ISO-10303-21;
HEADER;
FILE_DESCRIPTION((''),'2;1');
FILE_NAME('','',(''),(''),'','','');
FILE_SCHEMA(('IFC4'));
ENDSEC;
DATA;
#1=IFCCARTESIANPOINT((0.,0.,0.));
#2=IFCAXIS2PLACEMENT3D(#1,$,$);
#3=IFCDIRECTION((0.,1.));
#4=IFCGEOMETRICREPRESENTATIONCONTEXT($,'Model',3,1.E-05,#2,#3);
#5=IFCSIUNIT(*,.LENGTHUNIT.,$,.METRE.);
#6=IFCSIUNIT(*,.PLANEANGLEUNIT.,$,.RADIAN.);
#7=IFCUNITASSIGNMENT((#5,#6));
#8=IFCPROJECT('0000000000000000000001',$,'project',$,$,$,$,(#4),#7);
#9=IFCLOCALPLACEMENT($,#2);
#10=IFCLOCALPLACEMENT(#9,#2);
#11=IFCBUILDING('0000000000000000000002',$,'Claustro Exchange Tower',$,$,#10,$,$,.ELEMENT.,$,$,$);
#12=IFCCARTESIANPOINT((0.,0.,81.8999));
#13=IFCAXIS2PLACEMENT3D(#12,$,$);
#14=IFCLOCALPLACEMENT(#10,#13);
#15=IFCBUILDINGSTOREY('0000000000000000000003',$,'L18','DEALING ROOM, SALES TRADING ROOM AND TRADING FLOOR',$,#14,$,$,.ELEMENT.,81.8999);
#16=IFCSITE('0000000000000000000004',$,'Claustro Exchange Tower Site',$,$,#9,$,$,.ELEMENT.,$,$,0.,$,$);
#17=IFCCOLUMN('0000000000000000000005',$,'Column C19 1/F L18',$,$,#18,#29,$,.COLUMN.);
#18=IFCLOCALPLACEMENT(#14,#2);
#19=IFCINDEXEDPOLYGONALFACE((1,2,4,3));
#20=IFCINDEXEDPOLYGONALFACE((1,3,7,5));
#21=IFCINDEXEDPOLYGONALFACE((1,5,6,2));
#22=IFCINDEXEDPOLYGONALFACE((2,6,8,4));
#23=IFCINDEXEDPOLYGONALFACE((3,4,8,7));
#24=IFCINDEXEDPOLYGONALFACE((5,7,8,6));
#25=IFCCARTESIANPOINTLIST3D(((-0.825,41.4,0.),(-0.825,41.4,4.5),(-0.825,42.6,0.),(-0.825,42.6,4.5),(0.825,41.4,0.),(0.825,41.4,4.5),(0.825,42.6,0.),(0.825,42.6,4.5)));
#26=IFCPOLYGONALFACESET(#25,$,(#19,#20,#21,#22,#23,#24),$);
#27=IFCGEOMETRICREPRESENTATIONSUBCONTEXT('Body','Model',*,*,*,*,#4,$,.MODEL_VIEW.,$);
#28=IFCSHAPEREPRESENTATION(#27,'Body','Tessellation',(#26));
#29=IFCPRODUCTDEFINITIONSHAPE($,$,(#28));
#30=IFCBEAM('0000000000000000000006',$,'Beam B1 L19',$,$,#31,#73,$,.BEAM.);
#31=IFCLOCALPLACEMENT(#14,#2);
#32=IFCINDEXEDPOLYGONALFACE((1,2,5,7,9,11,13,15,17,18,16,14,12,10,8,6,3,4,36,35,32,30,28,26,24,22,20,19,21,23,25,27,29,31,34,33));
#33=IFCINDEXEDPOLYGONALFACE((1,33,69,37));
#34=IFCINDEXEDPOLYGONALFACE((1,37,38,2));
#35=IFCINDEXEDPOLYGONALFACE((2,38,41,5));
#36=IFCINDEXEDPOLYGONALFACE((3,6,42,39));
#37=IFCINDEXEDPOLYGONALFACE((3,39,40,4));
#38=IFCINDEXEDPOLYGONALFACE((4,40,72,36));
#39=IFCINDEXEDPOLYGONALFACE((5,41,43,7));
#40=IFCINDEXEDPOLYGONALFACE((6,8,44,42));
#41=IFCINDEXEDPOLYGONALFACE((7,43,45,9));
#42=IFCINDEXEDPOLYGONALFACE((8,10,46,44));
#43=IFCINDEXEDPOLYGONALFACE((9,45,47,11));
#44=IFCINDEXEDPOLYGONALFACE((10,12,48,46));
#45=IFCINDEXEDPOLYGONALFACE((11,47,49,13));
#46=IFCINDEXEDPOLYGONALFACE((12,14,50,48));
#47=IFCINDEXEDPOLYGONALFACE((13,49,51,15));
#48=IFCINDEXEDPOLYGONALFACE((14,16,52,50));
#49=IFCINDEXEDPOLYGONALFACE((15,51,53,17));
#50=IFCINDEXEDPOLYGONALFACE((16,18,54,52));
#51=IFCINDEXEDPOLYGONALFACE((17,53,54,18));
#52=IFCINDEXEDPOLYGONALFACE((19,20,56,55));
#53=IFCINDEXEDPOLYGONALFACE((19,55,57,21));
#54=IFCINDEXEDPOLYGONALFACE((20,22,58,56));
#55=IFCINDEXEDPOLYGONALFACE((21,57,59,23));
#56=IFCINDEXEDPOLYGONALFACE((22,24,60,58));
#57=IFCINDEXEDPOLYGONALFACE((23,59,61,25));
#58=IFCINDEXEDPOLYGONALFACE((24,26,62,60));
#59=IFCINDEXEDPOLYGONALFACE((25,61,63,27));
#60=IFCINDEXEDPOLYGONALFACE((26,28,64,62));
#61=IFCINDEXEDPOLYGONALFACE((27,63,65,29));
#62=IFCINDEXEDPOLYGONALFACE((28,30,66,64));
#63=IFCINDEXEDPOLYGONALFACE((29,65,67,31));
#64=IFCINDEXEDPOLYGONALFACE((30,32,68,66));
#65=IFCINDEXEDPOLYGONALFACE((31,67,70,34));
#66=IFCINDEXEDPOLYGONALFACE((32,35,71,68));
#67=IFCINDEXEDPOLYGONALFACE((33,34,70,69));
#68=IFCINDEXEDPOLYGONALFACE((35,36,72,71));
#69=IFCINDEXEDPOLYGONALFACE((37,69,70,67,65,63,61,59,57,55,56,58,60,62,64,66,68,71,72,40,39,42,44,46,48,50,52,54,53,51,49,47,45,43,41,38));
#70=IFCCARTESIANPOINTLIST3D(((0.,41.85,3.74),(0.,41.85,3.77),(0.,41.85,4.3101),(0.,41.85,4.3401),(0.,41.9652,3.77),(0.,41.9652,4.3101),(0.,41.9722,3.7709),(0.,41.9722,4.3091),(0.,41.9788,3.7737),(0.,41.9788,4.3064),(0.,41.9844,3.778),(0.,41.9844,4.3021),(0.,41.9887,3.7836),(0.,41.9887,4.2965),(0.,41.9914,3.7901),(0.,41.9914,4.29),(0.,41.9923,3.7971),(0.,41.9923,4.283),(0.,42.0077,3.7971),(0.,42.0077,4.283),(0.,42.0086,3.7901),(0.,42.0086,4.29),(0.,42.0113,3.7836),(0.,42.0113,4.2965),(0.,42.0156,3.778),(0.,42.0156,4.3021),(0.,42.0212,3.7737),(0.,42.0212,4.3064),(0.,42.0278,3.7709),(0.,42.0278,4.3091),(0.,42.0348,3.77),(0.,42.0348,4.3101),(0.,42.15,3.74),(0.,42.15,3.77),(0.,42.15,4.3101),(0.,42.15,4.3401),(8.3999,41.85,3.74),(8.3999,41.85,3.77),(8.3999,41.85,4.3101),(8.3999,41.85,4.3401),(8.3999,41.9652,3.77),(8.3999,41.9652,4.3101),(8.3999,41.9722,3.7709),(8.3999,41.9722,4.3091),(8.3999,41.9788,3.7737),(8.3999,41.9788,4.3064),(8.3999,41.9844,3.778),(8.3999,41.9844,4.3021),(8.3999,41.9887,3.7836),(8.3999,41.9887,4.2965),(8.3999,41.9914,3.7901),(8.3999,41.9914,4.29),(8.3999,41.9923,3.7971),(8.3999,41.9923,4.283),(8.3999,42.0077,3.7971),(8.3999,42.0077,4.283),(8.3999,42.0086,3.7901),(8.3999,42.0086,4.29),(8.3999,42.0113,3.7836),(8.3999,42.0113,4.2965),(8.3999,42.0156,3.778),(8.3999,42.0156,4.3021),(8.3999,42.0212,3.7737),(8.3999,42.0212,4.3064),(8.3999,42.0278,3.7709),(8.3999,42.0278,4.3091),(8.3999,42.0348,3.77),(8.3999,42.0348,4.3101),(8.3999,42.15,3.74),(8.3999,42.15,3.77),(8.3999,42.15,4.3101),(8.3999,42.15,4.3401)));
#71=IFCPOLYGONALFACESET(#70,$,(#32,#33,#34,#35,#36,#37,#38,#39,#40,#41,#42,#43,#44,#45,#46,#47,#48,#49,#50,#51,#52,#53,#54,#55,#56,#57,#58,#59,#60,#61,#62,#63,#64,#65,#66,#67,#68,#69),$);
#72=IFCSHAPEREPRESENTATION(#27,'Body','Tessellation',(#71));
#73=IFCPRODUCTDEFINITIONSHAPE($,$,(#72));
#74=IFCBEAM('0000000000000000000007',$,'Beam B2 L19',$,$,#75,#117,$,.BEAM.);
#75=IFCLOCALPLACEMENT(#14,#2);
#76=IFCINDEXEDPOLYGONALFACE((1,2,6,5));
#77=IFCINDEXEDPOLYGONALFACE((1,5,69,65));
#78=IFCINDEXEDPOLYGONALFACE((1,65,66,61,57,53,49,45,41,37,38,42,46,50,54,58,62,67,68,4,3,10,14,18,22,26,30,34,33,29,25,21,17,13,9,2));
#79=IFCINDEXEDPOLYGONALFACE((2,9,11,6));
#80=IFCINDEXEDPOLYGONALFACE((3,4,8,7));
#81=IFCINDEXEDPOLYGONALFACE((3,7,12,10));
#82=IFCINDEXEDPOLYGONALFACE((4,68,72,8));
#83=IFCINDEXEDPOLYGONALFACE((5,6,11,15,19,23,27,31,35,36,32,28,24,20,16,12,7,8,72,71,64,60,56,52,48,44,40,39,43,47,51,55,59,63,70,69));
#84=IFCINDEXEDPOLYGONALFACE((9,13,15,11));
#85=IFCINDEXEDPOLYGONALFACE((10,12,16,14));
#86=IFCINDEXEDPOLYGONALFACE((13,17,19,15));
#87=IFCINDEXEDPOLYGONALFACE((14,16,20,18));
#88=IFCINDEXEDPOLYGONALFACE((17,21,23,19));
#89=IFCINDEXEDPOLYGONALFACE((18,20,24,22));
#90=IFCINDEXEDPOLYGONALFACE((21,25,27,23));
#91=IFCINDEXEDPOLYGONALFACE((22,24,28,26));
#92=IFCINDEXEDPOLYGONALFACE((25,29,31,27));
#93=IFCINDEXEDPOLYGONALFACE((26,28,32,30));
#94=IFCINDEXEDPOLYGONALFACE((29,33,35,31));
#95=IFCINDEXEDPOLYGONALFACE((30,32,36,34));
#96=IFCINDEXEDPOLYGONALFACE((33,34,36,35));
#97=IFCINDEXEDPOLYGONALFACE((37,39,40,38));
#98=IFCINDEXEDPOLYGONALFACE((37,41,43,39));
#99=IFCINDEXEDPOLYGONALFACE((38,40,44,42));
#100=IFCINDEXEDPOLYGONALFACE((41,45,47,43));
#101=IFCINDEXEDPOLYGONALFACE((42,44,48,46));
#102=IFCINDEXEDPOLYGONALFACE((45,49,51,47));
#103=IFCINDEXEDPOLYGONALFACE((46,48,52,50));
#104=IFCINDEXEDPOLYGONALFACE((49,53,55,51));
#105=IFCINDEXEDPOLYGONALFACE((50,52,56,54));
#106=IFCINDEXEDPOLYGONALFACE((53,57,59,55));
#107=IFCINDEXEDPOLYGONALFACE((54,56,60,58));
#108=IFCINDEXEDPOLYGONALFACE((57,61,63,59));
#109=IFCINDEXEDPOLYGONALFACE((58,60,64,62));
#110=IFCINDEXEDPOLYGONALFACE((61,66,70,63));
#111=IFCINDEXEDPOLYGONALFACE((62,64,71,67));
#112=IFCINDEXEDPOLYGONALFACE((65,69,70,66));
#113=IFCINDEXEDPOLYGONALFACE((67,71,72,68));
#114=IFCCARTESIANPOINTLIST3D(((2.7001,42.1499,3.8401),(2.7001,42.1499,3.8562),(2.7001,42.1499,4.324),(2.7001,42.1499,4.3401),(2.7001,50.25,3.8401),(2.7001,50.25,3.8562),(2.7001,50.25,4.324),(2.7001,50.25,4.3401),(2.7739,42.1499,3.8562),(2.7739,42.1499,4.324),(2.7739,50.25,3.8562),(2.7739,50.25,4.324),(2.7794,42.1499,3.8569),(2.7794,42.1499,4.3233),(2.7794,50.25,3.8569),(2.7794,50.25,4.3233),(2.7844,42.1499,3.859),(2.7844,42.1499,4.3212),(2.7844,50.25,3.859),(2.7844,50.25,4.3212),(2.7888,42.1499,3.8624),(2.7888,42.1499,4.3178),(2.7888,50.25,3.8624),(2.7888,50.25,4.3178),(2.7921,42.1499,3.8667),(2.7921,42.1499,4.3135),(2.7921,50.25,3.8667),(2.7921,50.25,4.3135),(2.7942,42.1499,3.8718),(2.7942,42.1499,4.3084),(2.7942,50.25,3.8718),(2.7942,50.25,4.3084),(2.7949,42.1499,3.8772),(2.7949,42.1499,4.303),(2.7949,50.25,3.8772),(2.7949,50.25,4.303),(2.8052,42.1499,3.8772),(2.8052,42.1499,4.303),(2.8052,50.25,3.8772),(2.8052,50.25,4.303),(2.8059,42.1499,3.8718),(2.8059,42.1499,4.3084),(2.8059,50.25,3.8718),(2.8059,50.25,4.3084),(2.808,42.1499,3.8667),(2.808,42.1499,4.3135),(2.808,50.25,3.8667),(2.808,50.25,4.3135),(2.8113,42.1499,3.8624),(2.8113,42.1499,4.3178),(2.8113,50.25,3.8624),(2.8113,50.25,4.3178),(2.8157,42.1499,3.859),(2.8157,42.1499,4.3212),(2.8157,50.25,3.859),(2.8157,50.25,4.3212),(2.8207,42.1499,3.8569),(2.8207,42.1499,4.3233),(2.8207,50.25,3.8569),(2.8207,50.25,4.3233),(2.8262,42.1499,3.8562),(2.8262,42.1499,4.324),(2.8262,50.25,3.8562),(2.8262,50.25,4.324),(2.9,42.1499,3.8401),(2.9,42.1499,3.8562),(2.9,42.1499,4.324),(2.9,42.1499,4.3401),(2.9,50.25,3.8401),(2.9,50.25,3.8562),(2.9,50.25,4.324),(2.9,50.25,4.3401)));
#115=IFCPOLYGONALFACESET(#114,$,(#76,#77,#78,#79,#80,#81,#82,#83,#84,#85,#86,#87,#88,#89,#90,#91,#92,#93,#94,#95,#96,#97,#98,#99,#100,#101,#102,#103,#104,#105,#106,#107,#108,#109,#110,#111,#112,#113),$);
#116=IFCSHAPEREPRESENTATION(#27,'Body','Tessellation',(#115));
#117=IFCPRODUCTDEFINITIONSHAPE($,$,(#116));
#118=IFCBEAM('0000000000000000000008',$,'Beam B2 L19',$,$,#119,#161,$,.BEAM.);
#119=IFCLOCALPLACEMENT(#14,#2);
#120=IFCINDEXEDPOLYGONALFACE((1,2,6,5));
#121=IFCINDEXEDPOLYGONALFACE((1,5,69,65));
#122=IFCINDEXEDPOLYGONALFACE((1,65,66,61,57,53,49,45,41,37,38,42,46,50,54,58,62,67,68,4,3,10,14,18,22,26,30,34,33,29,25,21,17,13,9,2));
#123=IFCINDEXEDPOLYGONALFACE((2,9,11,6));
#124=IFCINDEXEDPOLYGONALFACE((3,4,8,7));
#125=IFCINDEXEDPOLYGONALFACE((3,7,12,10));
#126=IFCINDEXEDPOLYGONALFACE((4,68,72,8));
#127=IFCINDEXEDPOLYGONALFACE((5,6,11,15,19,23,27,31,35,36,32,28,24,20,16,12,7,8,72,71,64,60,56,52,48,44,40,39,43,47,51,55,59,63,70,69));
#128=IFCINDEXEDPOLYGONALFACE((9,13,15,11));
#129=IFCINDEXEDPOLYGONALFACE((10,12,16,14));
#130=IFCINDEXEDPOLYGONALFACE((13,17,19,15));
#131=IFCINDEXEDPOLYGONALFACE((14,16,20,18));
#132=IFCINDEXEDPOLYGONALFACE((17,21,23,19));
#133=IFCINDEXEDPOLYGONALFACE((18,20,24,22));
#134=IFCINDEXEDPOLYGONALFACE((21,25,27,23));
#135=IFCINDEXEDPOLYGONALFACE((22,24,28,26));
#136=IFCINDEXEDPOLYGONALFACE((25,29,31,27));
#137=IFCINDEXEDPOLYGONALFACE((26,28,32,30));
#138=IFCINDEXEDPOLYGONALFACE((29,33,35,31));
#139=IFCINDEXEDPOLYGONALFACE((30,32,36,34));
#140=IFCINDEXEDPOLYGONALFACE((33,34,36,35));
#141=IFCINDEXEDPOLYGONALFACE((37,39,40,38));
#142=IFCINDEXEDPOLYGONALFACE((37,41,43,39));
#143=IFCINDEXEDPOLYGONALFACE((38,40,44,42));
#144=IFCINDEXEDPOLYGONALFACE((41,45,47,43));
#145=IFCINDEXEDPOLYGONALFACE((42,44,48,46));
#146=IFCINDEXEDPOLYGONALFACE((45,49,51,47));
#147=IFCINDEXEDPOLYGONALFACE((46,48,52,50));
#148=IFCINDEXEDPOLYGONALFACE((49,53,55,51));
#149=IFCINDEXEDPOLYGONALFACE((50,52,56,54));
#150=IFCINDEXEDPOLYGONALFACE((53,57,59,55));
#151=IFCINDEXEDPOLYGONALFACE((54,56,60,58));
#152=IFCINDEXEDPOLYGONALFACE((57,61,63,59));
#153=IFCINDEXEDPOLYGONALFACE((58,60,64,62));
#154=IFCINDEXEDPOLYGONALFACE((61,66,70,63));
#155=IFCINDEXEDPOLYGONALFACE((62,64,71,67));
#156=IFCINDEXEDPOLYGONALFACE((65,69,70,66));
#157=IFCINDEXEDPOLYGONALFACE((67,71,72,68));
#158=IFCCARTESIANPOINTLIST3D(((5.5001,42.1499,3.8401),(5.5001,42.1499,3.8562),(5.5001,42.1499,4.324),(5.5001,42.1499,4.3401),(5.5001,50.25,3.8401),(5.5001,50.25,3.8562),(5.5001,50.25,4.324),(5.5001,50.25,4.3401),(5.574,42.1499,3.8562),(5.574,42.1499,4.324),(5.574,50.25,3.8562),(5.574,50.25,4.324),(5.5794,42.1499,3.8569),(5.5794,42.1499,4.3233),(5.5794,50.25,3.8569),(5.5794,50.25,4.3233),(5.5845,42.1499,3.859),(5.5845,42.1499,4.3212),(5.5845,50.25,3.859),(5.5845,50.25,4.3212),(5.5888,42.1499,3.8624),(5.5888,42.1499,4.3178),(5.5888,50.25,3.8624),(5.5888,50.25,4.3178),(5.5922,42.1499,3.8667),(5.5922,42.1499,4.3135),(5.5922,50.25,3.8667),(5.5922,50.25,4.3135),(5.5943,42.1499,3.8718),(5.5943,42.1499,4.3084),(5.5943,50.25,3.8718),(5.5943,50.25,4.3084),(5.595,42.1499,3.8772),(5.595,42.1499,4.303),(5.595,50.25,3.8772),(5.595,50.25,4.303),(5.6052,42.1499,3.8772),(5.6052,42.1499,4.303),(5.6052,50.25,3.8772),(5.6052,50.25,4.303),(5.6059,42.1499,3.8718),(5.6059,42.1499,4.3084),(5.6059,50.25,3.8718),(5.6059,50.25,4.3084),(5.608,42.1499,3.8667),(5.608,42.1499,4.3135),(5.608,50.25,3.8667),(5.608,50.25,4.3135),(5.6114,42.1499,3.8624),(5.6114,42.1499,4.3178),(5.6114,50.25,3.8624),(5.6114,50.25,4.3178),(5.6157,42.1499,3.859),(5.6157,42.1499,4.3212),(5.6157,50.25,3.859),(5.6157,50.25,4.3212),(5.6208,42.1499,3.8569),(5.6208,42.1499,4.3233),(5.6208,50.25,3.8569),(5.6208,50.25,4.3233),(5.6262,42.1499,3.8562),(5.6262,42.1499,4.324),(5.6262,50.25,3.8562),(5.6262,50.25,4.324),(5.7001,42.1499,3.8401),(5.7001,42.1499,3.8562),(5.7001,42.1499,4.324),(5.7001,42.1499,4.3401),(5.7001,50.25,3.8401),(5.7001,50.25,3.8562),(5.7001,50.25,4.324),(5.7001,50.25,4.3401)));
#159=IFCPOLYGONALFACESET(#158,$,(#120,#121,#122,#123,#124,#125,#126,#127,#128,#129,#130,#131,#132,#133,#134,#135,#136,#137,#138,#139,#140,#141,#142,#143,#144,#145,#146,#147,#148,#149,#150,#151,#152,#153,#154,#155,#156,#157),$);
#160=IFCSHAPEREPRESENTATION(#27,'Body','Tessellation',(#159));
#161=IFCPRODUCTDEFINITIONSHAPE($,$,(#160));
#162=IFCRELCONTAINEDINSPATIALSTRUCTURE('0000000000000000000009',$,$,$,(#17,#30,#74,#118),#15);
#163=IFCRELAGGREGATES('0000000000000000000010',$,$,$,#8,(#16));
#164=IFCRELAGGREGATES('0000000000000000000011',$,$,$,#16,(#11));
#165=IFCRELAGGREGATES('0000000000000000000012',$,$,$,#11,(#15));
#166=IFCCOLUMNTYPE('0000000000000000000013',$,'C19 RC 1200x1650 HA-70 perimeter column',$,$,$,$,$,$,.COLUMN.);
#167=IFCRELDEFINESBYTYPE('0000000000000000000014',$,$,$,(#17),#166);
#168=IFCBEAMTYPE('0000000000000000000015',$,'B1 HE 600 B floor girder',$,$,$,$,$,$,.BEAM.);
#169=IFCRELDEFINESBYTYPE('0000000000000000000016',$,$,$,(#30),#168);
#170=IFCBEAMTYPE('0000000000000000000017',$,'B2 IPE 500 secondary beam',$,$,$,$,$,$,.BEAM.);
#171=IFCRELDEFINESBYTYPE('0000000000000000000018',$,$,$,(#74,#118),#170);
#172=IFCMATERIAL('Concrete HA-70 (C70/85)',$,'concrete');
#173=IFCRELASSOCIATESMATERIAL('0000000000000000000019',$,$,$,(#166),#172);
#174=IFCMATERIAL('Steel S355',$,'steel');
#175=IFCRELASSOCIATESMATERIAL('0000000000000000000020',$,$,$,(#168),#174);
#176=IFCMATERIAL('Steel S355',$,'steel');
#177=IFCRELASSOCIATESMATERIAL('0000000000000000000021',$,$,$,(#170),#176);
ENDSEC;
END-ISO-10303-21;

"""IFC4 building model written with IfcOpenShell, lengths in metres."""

from ifc_helpers import new_model, si_unit, direction, frame, origin, origin_2d, place, context, subcontext, project, spatial, rectangle, i_section, extrude, material, material_profile, profile_set, type_object, element, save


model = new_model("IFC4")

# Units and contexts
model_context = context("Model", 3, precision=1e-05, world=origin(), true_north=direction((0.0, 1.0)))
body_context = subcontext(model_context, "Body", "Model", "MODEL_VIEW")
ifc_project = project(units=[si_unit("LENGTHUNIT", "METRE"), si_unit("PLANEANGLEUNIT", "RADIAN")], contexts=[model_context])

# Site, building, storey
site_placement = place(None, origin())
site = spatial("IfcSite", under=ifc_project, at=site_placement, Name="Claustro Exchange Tower Site", CompositionType="ELEMENT", RefElevation=0.0)
building_placement = place(site_placement, origin())
building = spatial("IfcBuilding", under=site, at=building_placement, Name="Claustro Exchange Tower", CompositionType="ELEMENT")
storey_placement = place(building_placement, frame((0.0, 0.0, 81.8999)))
storey = spatial("IfcBuildingStorey", under=building, at=storey_placement, Name="L18", Description="DEALING ROOM, SALES TRADING ROOM AND TRADING FLOOR", CompositionType="ELEMENT", Elevation=81.8999)

# Column
ifc_material_1 = material(Name="Concrete HA-70 (C70/85)", Category="concrete")
ifc_material_profile_1 = material_profile(ifc_material_1, rectangle(XDim=1.2, YDim=1.6499, at=origin_2d()), Name="RC 1200x1650")
ifc_profile_set_1 = profile_set([ifc_material_profile_1], Name="Concrete HA-70 (C70/85)")
column_type = type_object("IfcColumnType", Name="C19 RC 1200x1650 HA-70 perimeter column", PredefinedType="COLUMN", material=ifc_profile_set_1)
column_placement = place(storey_placement, frame((0.0, 42.0, 0.0), z_axis=(0.0, 0.0, 1.0), x_axis=(0.0, 1.0, 0.0)))
element("IfcColumn", 1, at=column_placement, inside=storey, type_object=column_type, Name="Column C19 1/F L18", PredefinedType="COLUMN", context=body_context, shape_type="SweptSolid", body=[
    extrude(rectangle(XDim=1.2, YDim=1.6499, at=origin_2d()), origin(), (0.0, 0.0, 1.0), 4.5),
])

# Beams
ifc_material_2 = material(Name="Steel S355", Category="steel")
ifc_material_profile_2 = material_profile(ifc_material_2, i_section(OverallWidth=0.3, OverallDepth=0.6001, WebThickness=0.0154, FlangeThickness=0.03, FilletRadius=0.0271, at=origin_2d()), Name="HE 600 B")
ifc_profile_set_2 = profile_set([ifc_material_profile_2], Name="Steel S355")
beam_type_1 = type_object("IfcBeamType", Name="B1 HE 600 B floor girder", PredefinedType="BEAM", material=ifc_profile_set_2)
beam_1_placement = place(storey_placement, frame((0.0, 42.0, 4.04), z_axis=(1.0, 0.0, 0.0), x_axis=(0.0, 1.0, 0.0)))
element("IfcBeam", 2, at=beam_1_placement, inside=storey, type_object=beam_type_1, Name="Beam B1 L19", PredefinedType="BEAM", context=body_context, shape_type="SweptSolid", body=[
    extrude(i_section(OverallWidth=0.3, OverallDepth=0.6001, WebThickness=0.0154, FlangeThickness=0.03, FilletRadius=0.0271, at=origin_2d()), origin(), (0.0, 0.0, 1.0), 8.3999),
])
ifc_material_3 = material(Name="Steel S355", Category="steel")
ifc_material_profile_3 = material_profile(ifc_material_3, i_section(OverallWidth=0.2, OverallDepth=0.5, WebThickness=0.0103, FlangeThickness=0.0161, FilletRadius=0.021, at=origin_2d()), Name="IPE 500")
ifc_profile_set_3 = profile_set([ifc_material_profile_3], Name="Steel S355")
beam_type_2 = type_object("IfcBeamType", Name="B2 IPE 500 secondary beam", PredefinedType="BEAM", material=ifc_profile_set_3)
for number, where, z_axis, x_axis, name in (
    (3, (2.8, 42.1499, 4.0901), (0.0, 1.0, 0.0), (-1.0, 0.0, 0.0), "Beam B2 L19"),
    (4, (5.6001, 42.1499, 4.0901), (0.0, 1.0, 0.0), (-1.0, 0.0, 0.0), "Beam B2 L19"),
):
    element("IfcBeam", number, at=place(storey_placement, frame(where, z_axis=z_axis, x_axis=x_axis)), inside=storey, type_object=beam_type_2, Name=name, PredefinedType="BEAM", context=body_context, shape_type="SweptSolid", body=[
        extrude(i_section(OverallWidth=0.2, OverallDepth=0.5, WebThickness=0.0103, FlangeThickness=0.0161, FilletRadius=0.021, at=origin_2d()), origin(), (0.0, 0.0, 1.0), 8.1001),
    ])

save(model, "model.ifc")
